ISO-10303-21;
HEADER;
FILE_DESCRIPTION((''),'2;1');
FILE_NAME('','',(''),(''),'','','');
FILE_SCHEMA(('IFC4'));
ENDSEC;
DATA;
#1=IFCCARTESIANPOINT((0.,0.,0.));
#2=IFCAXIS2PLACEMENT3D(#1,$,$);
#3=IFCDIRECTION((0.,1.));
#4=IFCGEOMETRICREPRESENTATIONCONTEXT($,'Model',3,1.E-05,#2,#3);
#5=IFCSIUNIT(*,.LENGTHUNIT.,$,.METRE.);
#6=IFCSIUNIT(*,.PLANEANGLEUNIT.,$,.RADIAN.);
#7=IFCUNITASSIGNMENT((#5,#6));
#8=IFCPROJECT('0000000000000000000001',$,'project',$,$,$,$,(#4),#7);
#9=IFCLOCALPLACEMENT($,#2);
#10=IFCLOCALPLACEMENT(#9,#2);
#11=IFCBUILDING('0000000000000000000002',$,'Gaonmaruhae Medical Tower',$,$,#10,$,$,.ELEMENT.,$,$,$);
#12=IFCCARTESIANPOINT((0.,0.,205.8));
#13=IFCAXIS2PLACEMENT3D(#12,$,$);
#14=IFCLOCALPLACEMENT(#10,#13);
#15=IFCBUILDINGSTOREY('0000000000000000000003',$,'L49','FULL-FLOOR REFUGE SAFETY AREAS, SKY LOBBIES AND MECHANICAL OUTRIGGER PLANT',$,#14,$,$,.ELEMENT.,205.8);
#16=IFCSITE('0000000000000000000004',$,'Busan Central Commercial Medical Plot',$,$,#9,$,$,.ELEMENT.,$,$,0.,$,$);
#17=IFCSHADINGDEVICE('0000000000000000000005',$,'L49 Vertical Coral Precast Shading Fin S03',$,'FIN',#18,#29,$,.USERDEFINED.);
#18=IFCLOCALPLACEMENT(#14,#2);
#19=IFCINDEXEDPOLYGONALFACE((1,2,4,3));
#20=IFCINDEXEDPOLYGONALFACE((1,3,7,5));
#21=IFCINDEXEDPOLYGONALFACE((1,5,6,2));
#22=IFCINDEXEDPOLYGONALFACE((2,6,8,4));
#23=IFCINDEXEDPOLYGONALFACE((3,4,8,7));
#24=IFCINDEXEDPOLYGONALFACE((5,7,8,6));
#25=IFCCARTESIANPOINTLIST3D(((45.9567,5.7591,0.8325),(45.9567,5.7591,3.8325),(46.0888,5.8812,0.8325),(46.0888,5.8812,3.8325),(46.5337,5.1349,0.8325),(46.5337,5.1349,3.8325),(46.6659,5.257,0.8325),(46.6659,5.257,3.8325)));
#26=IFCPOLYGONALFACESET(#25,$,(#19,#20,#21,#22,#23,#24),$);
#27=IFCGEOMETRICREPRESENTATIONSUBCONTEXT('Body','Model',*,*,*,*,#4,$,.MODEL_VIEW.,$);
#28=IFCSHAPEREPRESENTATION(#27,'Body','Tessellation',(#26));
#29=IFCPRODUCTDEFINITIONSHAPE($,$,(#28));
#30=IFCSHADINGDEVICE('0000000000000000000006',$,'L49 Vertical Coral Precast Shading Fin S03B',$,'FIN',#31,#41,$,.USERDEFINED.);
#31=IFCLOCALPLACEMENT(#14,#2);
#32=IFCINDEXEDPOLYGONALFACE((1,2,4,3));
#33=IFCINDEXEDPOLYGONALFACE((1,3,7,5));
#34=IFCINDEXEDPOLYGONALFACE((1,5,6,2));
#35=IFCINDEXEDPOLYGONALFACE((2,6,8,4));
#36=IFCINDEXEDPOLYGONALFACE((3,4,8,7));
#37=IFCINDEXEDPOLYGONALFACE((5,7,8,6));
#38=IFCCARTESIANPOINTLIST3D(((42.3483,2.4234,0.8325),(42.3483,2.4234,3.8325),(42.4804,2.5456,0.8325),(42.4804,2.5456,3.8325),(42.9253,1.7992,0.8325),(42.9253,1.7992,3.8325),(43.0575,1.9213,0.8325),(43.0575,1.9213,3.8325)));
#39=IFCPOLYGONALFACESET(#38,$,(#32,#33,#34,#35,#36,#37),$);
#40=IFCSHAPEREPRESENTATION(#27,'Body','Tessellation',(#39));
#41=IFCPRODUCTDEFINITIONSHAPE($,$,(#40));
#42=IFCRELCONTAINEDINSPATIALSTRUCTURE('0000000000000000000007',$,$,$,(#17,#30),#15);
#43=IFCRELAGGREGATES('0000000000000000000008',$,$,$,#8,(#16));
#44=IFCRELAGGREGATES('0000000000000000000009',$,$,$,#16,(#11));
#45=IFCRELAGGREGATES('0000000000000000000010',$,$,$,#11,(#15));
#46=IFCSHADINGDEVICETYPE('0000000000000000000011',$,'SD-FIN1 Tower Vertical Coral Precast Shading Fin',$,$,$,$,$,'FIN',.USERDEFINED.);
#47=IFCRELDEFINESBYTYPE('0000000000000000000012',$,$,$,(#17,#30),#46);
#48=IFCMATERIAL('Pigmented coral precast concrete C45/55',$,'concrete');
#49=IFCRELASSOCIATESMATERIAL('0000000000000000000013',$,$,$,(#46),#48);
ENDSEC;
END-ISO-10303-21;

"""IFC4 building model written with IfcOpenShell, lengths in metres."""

from ifc_helpers import new_model, si_unit, direction, frame, origin, origin_2d, place, context, subcontext, project, spatial, rectangle, extrude, material, type_object, element, save


model = new_model("IFC4")

# Units and contexts
model_context = context("Model", 3, precision=1e-05, world=origin(), true_north=direction((0.0, 1.0)))
body_context = subcontext(model_context, "Body", "Model", "MODEL_VIEW")
ifc_project = project(units=[si_unit("LENGTHUNIT", "METRE"), si_unit("PLANEANGLEUNIT", "RADIAN")], contexts=[model_context])

# Site, building, storey
site_placement = place(None, origin())
site = spatial("IfcSite", under=ifc_project, at=site_placement, Name="Busan Central Commercial Medical Plot", CompositionType="ELEMENT", RefElevation=0.0)
building_placement = place(site_placement, origin())
building = spatial("IfcBuilding", under=site, at=building_placement, Name="Gaonmaruhae Medical Tower", CompositionType="ELEMENT")
storey_placement = place(building_placement, frame((0.0, 0.0, 205.8)))
storey = spatial("IfcBuildingStorey", under=building, at=storey_placement, Name="L49", Description="FULL-FLOOR REFUGE SAFETY AREAS, SKY LOBBIES AND MECHANICAL OUTRIGGER PLANT", CompositionType="ELEMENT", Elevation=205.8)

# Shading devices
ifc_material_1 = material(Name="Pigmented coral precast concrete C45/55", Category="concrete")
shading_device_type = type_object("IfcShadingDeviceType", Name="SD-FIN1 Tower Vertical Coral Precast Shading Fin", ElementType="FIN", PredefinedType="USERDEFINED", material=ifc_material_1)
for number, where, z_axis, x_axis, name in (
    (1, (46.3113, 5.5081, 0.8325), (0.0, 0.0, 1.0), (-0.734323, -0.678801, 0.0), "L49 Vertical Coral Precast Shading Fin S03"),
    (2, (42.7029, 2.1724, 0.8325), (0.0, 0.0, 1.0), (-0.734323, -0.678801, 0.0), "L49 Vertical Coral Precast Shading Fin S03B"),
):
    element("IfcShadingDevice", number, at=place(storey_placement, frame(where, z_axis=z_axis, x_axis=x_axis)), inside=storey, type_object=shading_device_type, Name=name, ObjectType="FIN", PredefinedType="USERDEFINED", context=body_context, shape_type="SweptSolid", body=[
        extrude(rectangle(XDim=0.1799, YDim=0.8501, at=origin_2d()), origin(), (0.0, 0.0, 1.0), 3.0),
    ])

save(model, "model.ifc")
